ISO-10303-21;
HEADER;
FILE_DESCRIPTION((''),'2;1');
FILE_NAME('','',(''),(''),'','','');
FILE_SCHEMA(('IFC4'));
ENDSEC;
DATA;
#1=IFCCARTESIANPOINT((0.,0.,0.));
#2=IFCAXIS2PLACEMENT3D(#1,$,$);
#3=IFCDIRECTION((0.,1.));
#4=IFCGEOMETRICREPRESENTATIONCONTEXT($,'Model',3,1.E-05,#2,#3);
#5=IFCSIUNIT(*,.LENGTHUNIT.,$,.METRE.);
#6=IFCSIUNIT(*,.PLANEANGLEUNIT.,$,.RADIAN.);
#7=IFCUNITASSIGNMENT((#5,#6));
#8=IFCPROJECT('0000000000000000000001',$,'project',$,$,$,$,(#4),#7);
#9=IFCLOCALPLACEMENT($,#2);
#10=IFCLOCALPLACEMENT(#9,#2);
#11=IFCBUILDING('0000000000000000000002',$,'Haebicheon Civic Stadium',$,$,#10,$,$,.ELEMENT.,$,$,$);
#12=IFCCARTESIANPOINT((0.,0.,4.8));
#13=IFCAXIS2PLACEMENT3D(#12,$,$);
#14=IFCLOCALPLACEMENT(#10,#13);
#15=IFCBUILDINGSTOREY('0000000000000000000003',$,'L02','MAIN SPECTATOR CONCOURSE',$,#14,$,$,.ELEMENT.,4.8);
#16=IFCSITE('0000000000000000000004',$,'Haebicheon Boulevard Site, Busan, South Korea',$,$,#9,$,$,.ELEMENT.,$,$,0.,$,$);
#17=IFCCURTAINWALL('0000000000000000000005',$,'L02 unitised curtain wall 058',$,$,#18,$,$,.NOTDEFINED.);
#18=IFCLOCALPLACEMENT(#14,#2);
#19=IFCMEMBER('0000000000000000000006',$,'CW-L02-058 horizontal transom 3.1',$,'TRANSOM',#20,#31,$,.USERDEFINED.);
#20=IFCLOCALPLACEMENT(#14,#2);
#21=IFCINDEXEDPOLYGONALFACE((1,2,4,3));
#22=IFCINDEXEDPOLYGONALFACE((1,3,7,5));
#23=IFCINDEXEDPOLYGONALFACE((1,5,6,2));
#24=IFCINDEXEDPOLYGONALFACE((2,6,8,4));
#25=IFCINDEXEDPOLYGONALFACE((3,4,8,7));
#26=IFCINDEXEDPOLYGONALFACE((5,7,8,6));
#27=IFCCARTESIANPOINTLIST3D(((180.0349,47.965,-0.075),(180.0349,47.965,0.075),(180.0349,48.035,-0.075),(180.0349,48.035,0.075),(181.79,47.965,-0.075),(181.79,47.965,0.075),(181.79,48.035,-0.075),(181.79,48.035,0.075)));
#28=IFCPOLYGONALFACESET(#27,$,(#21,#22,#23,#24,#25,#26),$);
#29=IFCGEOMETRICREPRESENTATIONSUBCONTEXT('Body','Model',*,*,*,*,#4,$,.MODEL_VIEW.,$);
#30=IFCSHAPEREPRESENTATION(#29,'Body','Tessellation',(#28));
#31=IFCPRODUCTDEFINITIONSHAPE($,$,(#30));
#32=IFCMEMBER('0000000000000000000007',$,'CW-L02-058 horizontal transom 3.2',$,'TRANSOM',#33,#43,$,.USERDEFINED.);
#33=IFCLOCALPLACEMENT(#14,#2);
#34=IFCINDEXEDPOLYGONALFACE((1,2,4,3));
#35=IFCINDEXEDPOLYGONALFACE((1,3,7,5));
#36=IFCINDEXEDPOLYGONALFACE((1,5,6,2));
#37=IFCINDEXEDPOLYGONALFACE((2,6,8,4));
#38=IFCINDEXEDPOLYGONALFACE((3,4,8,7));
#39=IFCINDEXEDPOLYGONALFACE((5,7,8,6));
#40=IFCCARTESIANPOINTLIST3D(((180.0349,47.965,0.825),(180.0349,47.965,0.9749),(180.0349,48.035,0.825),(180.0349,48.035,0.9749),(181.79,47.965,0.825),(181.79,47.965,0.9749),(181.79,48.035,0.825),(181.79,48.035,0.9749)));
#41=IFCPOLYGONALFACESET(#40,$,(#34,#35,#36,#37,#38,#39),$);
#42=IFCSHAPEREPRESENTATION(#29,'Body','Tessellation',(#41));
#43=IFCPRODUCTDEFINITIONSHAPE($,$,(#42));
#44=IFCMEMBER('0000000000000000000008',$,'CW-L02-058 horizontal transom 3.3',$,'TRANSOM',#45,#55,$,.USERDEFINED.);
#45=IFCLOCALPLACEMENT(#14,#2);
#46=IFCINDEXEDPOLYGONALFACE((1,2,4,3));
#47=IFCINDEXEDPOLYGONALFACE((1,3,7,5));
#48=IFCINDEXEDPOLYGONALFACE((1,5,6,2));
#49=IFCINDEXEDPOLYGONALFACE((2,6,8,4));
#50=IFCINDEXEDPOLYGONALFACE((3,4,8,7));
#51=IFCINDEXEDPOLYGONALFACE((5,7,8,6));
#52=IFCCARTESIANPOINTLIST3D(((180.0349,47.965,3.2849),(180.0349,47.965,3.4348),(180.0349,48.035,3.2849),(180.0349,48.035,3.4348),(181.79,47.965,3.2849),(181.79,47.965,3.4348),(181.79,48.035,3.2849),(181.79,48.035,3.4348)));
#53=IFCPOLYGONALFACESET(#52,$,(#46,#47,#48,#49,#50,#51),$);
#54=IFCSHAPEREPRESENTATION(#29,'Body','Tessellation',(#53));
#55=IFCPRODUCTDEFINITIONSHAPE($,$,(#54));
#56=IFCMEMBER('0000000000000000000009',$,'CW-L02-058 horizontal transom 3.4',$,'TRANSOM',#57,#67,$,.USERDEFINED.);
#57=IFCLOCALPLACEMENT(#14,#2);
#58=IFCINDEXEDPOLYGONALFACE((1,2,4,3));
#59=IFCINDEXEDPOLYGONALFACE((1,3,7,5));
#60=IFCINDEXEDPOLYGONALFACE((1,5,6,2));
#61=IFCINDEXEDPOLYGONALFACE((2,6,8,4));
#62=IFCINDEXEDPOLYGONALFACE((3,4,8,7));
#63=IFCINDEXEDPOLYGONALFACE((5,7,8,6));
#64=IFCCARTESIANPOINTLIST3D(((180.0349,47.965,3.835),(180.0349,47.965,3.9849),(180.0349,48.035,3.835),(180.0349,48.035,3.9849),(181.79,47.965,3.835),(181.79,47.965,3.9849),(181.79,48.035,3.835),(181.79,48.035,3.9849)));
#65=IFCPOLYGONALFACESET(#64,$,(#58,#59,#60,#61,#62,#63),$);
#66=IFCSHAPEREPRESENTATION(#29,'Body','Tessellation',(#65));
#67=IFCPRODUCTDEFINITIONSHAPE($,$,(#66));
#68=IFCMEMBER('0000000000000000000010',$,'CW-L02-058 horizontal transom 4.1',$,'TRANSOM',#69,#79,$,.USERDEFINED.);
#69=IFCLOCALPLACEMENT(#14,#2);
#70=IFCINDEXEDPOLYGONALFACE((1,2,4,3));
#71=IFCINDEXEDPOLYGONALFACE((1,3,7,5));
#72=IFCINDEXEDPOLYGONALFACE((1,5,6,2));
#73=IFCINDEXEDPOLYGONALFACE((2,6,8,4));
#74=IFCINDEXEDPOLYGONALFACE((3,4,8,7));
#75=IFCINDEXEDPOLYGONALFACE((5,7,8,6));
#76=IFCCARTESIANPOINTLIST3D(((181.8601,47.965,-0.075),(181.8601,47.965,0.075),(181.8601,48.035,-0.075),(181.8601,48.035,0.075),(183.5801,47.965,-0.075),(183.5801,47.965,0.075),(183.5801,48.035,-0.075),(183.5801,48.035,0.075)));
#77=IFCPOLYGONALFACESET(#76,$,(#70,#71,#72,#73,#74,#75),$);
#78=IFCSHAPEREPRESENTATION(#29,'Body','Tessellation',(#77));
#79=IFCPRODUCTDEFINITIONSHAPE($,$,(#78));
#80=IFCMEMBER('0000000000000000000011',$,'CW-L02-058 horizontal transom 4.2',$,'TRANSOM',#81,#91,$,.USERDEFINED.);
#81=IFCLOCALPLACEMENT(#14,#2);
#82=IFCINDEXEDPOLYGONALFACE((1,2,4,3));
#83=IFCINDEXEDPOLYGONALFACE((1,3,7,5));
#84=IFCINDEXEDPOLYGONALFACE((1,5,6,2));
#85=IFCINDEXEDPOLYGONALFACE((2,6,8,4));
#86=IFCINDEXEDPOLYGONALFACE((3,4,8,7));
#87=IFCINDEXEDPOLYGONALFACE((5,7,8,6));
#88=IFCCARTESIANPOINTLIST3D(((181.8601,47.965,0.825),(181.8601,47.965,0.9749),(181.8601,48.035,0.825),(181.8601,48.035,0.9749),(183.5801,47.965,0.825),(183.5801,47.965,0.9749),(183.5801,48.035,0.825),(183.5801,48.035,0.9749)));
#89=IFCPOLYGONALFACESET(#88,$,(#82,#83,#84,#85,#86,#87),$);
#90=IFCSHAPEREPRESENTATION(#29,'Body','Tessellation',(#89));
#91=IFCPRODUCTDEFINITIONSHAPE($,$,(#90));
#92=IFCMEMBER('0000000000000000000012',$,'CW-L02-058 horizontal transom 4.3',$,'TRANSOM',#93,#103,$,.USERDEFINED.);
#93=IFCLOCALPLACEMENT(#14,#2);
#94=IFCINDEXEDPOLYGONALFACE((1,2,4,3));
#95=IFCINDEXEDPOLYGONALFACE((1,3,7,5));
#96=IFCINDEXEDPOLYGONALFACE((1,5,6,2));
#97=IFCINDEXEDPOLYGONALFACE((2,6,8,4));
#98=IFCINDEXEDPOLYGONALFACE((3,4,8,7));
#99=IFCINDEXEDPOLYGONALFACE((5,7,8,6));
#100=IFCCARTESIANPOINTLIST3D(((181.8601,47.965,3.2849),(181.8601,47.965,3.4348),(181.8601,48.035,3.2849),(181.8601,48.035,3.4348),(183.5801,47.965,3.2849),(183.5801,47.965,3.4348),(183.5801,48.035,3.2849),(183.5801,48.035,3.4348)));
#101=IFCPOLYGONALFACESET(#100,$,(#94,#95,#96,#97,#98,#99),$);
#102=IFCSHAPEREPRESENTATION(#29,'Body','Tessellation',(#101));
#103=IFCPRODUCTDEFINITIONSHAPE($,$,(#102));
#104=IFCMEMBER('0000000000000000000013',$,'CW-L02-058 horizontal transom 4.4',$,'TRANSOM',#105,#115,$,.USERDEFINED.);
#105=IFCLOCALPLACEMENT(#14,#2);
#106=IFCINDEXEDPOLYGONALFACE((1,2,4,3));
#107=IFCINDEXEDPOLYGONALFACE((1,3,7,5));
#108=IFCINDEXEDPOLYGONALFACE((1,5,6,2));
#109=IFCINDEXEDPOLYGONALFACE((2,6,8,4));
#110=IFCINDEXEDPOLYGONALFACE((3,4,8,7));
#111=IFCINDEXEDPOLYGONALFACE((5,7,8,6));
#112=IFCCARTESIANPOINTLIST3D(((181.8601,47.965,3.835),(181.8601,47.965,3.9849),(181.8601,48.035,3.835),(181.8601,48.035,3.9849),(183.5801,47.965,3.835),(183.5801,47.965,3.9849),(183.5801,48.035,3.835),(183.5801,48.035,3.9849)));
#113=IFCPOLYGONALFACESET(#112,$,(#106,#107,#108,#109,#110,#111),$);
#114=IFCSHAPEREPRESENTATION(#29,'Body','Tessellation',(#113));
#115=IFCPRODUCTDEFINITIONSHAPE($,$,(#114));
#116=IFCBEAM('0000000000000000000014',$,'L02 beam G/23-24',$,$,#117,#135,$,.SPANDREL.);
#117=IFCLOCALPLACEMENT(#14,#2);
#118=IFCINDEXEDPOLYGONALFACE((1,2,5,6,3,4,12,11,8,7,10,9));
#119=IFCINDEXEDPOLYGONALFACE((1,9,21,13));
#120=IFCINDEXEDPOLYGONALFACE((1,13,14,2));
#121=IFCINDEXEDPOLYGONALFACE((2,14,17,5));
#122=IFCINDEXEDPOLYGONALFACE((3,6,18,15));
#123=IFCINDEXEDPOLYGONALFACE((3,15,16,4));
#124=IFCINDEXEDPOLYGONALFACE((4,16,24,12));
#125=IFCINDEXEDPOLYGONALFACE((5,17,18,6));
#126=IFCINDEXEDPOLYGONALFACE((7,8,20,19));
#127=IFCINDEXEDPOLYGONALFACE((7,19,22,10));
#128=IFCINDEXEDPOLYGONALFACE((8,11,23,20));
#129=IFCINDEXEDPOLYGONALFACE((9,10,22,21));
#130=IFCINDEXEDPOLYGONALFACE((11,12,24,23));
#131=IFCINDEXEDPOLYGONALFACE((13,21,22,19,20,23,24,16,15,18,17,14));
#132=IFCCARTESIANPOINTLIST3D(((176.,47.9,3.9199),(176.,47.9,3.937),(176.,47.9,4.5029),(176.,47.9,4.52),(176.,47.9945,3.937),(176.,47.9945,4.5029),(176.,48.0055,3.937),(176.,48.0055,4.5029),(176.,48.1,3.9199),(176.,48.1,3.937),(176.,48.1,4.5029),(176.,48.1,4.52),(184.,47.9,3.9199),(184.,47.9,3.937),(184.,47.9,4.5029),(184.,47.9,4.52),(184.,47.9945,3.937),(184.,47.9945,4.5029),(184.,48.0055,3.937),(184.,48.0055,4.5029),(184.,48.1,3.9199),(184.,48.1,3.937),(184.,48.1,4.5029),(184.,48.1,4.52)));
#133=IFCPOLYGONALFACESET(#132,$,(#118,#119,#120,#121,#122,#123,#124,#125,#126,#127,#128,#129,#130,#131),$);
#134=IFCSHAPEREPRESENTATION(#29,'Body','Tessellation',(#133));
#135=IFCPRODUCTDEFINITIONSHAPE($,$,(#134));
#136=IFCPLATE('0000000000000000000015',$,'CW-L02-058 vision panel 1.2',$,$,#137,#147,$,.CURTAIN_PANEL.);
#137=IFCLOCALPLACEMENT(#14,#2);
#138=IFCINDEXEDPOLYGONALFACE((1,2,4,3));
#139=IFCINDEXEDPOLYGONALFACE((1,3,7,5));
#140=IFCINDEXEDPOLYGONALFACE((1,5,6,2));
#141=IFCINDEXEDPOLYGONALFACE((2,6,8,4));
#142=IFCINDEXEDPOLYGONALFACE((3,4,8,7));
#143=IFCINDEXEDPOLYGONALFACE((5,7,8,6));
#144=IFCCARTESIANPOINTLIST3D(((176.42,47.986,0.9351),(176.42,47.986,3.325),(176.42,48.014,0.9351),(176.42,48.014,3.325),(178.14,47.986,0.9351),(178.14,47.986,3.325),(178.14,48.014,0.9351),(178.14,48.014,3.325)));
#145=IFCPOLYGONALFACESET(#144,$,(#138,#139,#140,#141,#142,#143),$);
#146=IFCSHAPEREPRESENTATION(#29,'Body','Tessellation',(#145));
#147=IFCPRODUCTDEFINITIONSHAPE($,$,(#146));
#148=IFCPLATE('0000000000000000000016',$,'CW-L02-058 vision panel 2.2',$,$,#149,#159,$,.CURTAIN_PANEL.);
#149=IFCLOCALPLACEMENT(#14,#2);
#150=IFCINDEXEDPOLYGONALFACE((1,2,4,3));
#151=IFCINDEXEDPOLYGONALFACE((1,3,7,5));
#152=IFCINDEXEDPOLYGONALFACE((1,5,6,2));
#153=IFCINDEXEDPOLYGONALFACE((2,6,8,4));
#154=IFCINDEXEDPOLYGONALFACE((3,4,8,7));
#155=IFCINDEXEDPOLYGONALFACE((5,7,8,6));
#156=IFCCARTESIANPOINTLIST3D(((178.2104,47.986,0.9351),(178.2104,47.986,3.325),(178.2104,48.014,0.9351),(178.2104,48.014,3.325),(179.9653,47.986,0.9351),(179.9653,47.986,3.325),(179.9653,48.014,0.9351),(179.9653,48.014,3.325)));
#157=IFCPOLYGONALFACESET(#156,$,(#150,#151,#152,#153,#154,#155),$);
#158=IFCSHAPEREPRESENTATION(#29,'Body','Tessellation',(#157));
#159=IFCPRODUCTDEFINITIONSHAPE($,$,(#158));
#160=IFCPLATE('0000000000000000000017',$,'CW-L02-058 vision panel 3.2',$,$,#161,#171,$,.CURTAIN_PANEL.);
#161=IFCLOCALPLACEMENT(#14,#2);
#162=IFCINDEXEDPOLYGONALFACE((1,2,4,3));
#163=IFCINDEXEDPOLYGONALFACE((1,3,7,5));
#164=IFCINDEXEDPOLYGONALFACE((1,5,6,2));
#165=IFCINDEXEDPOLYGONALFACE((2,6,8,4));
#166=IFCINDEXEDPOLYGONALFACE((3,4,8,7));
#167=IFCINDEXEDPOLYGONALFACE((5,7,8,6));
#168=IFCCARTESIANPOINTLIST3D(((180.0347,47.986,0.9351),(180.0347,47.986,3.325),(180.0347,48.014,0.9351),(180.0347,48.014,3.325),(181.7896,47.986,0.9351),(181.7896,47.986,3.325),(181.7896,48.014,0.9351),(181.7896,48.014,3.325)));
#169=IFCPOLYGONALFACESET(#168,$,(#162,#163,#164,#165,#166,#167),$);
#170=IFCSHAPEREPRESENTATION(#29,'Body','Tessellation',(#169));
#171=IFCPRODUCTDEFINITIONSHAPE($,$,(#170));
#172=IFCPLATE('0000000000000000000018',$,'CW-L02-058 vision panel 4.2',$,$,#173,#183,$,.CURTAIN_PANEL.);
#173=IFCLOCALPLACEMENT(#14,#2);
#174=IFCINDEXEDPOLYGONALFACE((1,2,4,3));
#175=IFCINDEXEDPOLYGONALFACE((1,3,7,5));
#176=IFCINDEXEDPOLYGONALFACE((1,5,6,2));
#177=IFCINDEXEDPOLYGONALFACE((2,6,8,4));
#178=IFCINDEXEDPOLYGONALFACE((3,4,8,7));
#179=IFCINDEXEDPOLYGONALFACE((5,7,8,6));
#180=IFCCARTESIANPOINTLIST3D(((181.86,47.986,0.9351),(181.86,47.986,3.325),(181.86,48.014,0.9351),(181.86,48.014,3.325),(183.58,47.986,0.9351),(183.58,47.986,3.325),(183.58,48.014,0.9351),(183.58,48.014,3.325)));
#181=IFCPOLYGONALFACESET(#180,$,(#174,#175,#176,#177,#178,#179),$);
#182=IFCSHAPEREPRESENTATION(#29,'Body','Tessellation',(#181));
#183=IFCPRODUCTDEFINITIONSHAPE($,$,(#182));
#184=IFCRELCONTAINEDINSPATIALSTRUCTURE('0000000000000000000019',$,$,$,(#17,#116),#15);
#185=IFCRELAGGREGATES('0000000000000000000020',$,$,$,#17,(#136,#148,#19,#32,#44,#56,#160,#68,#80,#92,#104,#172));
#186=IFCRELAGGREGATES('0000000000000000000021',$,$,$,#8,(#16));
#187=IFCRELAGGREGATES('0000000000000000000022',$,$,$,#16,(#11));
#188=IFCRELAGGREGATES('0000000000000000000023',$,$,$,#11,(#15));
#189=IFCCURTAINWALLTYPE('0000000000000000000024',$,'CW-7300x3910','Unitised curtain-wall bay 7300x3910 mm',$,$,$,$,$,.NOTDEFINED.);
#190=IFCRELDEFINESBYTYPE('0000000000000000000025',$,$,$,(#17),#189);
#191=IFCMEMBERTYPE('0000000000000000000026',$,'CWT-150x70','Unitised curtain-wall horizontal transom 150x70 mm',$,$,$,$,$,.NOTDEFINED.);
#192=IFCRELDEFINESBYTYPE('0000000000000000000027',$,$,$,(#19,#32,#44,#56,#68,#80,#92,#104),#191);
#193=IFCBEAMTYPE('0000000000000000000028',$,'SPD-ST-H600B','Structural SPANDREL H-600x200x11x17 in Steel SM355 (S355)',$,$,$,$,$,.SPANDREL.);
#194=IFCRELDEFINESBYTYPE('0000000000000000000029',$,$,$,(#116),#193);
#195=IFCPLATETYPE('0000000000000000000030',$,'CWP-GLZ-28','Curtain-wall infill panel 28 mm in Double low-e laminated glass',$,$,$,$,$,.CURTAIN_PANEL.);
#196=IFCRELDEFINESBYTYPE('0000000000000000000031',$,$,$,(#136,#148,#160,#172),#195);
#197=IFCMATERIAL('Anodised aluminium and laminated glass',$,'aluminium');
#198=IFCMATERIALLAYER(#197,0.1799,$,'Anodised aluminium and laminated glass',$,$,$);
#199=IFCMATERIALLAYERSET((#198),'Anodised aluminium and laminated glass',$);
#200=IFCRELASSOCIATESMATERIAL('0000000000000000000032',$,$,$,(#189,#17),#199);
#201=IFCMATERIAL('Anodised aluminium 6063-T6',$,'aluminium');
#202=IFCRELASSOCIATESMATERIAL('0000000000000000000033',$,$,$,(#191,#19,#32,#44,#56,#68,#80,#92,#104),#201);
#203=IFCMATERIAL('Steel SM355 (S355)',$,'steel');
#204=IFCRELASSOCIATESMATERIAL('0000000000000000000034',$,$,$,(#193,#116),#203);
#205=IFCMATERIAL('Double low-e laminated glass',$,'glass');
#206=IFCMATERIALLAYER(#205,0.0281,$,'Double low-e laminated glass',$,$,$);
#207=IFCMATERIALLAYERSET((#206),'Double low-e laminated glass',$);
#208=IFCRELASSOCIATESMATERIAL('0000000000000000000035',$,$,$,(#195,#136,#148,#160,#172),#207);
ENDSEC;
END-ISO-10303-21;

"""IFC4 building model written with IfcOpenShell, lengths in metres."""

from ifc_helpers import new_model, si_unit, direction, frame, origin, origin_2d, place, context, subcontext, project, spatial, rectangle, i_section, extrude, material, layer, layer_set, material_profile, profile_set, type_object, element, aggregate, save


model = new_model("IFC4")

# Units and contexts
model_context = context("Model", 3, precision=1e-05, world=origin(), true_north=direction((0.0, 1.0)))
body_context = subcontext(model_context, "Body", "Model", "MODEL_VIEW")
ifc_project = project(units=[si_unit("LENGTHUNIT", "METRE"), si_unit("PLANEANGLEUNIT", "RADIAN")], contexts=[model_context])

# Site, building, storey
site_placement = place(None, origin())
site = spatial("IfcSite", under=ifc_project, at=site_placement, Name="Haebicheon Boulevard Site, Busan, South Korea", CompositionType="ELEMENT", RefElevation=0.0)
building_placement = place(site_placement, origin())
building = spatial("IfcBuilding", under=site, at=building_placement, Name="Haebicheon Civic Stadium", CompositionType="ELEMENT")
storey_placement = place(building_placement, frame((0.0, 0.0, 4.8)))
storey = spatial("IfcBuildingStorey", under=building, at=storey_placement, Name="L02", Description="MAIN SPECTATOR CONCOURSE", CompositionType="ELEMENT", Elevation=4.8)

# Curtain wall, members
ifc_material_1 = material(Name="Anodised aluminium and laminated glass", Category="aluminium")
ifc_layer_1 = layer(ifc_material_1, 0.1799, Name="Anodised aluminium and laminated glass")
ifc_layer_set_1 = layer_set([ifc_layer_1], Name="Anodised aluminium and laminated glass")
curtain_wall_type = type_object("IfcCurtainWallType", Name="CW-7300x3910", Description="Unitised curtain-wall bay 7300x3910 mm", PredefinedType="NOTDEFINED", material=ifc_layer_set_1)
curtain_wall_placement = place(storey_placement, origin())
curtain_wall = element("IfcCurtainWall", 1, at=curtain_wall_placement, inside=storey, type_object=curtain_wall_type, material=ifc_layer_set_1, Name="L02 unitised curtain wall 058", PredefinedType="NOTDEFINED")
ifc_material_2 = material(Name="Anodised aluminium 6063-T6", Category="aluminium")
ifc_material_profile_1 = material_profile(ifc_material_2, rectangle(XDim=0.0701, YDim=0.1499, at=origin_2d()), Name="ALU-TRAN-70x150")
ifc_profile_set_1 = profile_set([ifc_material_profile_1], Name="Anodised aluminium 6063-T6")
member_type_1 = type_object("IfcMemberType", Name="CWT-150x70", Description="Unitised curtain-wall horizontal transom 150x70 mm", PredefinedType="NOTDEFINED", material=ifc_profile_set_1)
member_1_placement = place(storey_placement, frame((180.0349, 48.0, 0.0), z_axis=(1.0, 0.0, 0.0), x_axis=(0.0, 1.0, 0.0)))
member_1 = element("IfcMember", 2, at=member_1_placement, type_object=member_type_1, material=ifc_profile_set_1, Name="CW-L02-058 horizontal transom 3.1", ObjectType="TRANSOM", PredefinedType="USERDEFINED", context=body_context, shape_type="SweptSolid", body=[
    extrude(rectangle(XDim=0.0701, YDim=0.1499, at=origin_2d()), origin(), (0.0, 0.0, 1.0), 1.7551),
])
member_2_placement = place(storey_placement, frame((180.0349, 48.0, 0.8999), z_axis=(1.0, 0.0, 0.0), x_axis=(0.0, 1.0, 0.0)))
member_2 = element("IfcMember", 3, at=member_2_placement, type_object=member_type_1, material=ifc_profile_set_1, Name="CW-L02-058 horizontal transom 3.2", ObjectType="TRANSOM", PredefinedType="USERDEFINED", context=body_context, shape_type="SweptSolid", body=[
    extrude(rectangle(XDim=0.0701, YDim=0.1499, at=origin_2d()), origin(), (0.0, 0.0, 1.0), 1.7551),
])
member_3_placement = place(storey_placement, frame((180.0349, 48.0, 3.3599), z_axis=(1.0, 0.0, 0.0), x_axis=(0.0, 1.0, 0.0)))
member_3 = element("IfcMember", 4, at=member_3_placement, type_object=member_type_1, material=ifc_profile_set_1, Name="CW-L02-058 horizontal transom 3.3", ObjectType="TRANSOM", PredefinedType="USERDEFINED", context=body_context, shape_type="SweptSolid", body=[
    extrude(rectangle(XDim=0.0701, YDim=0.1499, at=origin_2d()), origin(), (0.0, 0.0, 1.0), 1.7551),
])
member_4_placement = place(storey_placement, frame((180.0349, 48.0, 3.9099), z_axis=(1.0, 0.0, 0.0), x_axis=(0.0, 1.0, 0.0)))
member_4 = element("IfcMember", 5, at=member_4_placement, type_object=member_type_1, material=ifc_profile_set_1, Name="CW-L02-058 horizontal transom 3.4", ObjectType="TRANSOM", PredefinedType="USERDEFINED", context=body_context, shape_type="SweptSolid", body=[
    extrude(rectangle(XDim=0.0701, YDim=0.1499, at=origin_2d()), origin(), (0.0, 0.0, 1.0), 1.7551),
])
member_5_placement = place(storey_placement, frame((181.8601, 48.0, 0.0), z_axis=(1.0, 0.0, 0.0), x_axis=(0.0, 1.0, 0.0)))
member_5 = element("IfcMember", 6, at=member_5_placement, type_object=member_type_1, material=ifc_profile_set_1, Name="CW-L02-058 horizontal transom 4.1", ObjectType="TRANSOM", PredefinedType="USERDEFINED", context=body_context, shape_type="SweptSolid", body=[
    extrude(rectangle(XDim=0.0701, YDim=0.1499, at=origin_2d()), origin(), (0.0, 0.0, 1.0), 1.72),
])
member_6_placement = place(storey_placement, frame((181.8601, 48.0, 0.8999), z_axis=(1.0, 0.0, 0.0), x_axis=(0.0, 1.0, 0.0)))
member_6 = element("IfcMember", 7, at=member_6_placement, type_object=member_type_1, material=ifc_profile_set_1, Name="CW-L02-058 horizontal transom 4.2", ObjectType="TRANSOM", PredefinedType="USERDEFINED", context=body_context, shape_type="SweptSolid", body=[
    extrude(rectangle(XDim=0.0701, YDim=0.1499, at=origin_2d()), origin(), (0.0, 0.0, 1.0), 1.72),
])
member_7_placement = place(storey_placement, frame((181.8601, 48.0, 3.3599), z_axis=(1.0, 0.0, 0.0), x_axis=(0.0, 1.0, 0.0)))
member_7 = element("IfcMember", 8, at=member_7_placement, type_object=member_type_1, material=ifc_profile_set_1, Name="CW-L02-058 horizontal transom 4.3", ObjectType="TRANSOM", PredefinedType="USERDEFINED", context=body_context, shape_type="SweptSolid", body=[
    extrude(rectangle(XDim=0.0701, YDim=0.1499, at=origin_2d()), origin(), (0.0, 0.0, 1.0), 1.72),
])
member_8_placement = place(storey_placement, frame((181.8601, 48.0, 3.9099), z_axis=(1.0, 0.0, 0.0), x_axis=(0.0, 1.0, 0.0)))
member_8 = element("IfcMember", 9, at=member_8_placement, type_object=member_type_1, material=ifc_profile_set_1, Name="CW-L02-058 horizontal transom 4.4", ObjectType="TRANSOM", PredefinedType="USERDEFINED", context=body_context, shape_type="SweptSolid", body=[
    extrude(rectangle(XDim=0.0701, YDim=0.1499, at=origin_2d()), origin(), (0.0, 0.0, 1.0), 1.72),
])

# Beam
ifc_material_3 = material(Name="Steel SM355 (S355)", Category="steel")
ifc_material_profile_2 = material_profile(ifc_material_3, i_section(OverallWidth=0.2, OverallDepth=0.6001, WebThickness=0.011, FlangeThickness=0.0171, at=origin_2d()), Name="H-600x200x11x17")
ifc_profile_set_2 = profile_set([ifc_material_profile_2], Name="Steel SM355 (S355)")
beam_type = type_object("IfcBeamType", Name="SPD-ST-H600B", Description="Structural SPANDREL H-600x200x11x17 in Steel SM355 (S355)", PredefinedType="SPANDREL", material=ifc_profile_set_2)
beam_placement = place(storey_placement, frame((176.0, 48.0, 4.22), z_axis=(1.0, 0.0, 0.0), x_axis=(0.0, 1.0, 0.0)))
element("IfcBeam", 10, at=beam_placement, inside=storey, type_object=beam_type, material=ifc_profile_set_2, Name="L02 beam G/23-24", PredefinedType="SPANDREL", context=body_context, shape_type="SweptSolid", body=[
    extrude(i_section(OverallWidth=0.2, OverallDepth=0.6001, WebThickness=0.011, FlangeThickness=0.0171, at=origin_2d()), origin(), (0.0, 0.0, 1.0), 8.0),
])

# Plates
ifc_material_4 = material(Name="Double low-e laminated glass", Category="glass")
ifc_layer_2 = layer(ifc_material_4, 0.0281, Name="Double low-e laminated glass")
ifc_layer_set_2 = layer_set([ifc_layer_2], Name="Double low-e laminated glass")
plate_type_1 = type_object("IfcPlateType", Name="CWP-GLZ-28", Description="Curtain-wall infill panel 28 mm in Double low-e laminated glass", PredefinedType="CURTAIN_PANEL", material=ifc_layer_set_2)
plate_1_placement = place(storey_placement, frame((177.28, 48.0, 0.9351), z_axis=(0.0, 0.0, 1.0), x_axis=(1.0, 0.0, 0.0)))
plate_1 = element("IfcPlate", 11, at=plate_1_placement, type_object=plate_type_1, material=ifc_layer_set_2, Name="CW-L02-058 vision panel 1.2", PredefinedType="CURTAIN_PANEL", context=body_context, shape_type="SweptSolid", body=[
    extrude(rectangle(XDim=1.72, YDim=0.0281, at=origin_2d()), origin(), (0.0, 0.0, 1.0), 2.3899),
])
plate_2_placement = place(storey_placement, frame((179.0879, 48.0, 0.9351), z_axis=(0.0, 0.0, 1.0), x_axis=(1.0, 0.0, 0.0)))
plate_2 = element("IfcPlate", 12, at=plate_2_placement, type_object=plate_type_1, material=ifc_layer_set_2, Name="CW-L02-058 vision panel 2.2", PredefinedType="CURTAIN_PANEL", context=body_context, shape_type="SweptSolid", body=[
    extrude(rectangle(XDim=1.7549, YDim=0.0281, at=origin_2d()), origin(), (0.0, 0.0, 1.0), 2.3899),
])
plate_3_placement = place(storey_placement, frame((180.9121, 48.0, 0.9351), z_axis=(0.0, 0.0, 1.0), x_axis=(1.0, 0.0, 0.0)))
plate_3 = element("IfcPlate", 13, at=plate_3_placement, type_object=plate_type_1, material=ifc_layer_set_2, Name="CW-L02-058 vision panel 3.2", PredefinedType="CURTAIN_PANEL", context=body_context, shape_type="SweptSolid", body=[
    extrude(rectangle(XDim=1.7549, YDim=0.0281, at=origin_2d()), origin(), (0.0, 0.0, 1.0), 2.3899),
])
plate_4_placement = place(storey_placement, frame((182.72, 48.0, 0.9351), z_axis=(0.0, 0.0, 1.0), x_axis=(1.0, 0.0, 0.0)))
plate_4 = element("IfcPlate", 14, at=plate_4_placement, type_object=plate_type_1, material=ifc_layer_set_2, Name="CW-L02-058 vision panel 4.2", PredefinedType="CURTAIN_PANEL", context=body_context, shape_type="SweptSolid", body=[
    extrude(rectangle(XDim=1.72, YDim=0.0281, at=origin_2d()), origin(), (0.0, 0.0, 1.0), 2.3899),
])
aggregate(curtain_wall, [plate_1, plate_2, member_1, member_2, member_3, member_4, plate_3, member_5, member_6, member_7, member_8, plate_4])

save(model, "model.ifc")
